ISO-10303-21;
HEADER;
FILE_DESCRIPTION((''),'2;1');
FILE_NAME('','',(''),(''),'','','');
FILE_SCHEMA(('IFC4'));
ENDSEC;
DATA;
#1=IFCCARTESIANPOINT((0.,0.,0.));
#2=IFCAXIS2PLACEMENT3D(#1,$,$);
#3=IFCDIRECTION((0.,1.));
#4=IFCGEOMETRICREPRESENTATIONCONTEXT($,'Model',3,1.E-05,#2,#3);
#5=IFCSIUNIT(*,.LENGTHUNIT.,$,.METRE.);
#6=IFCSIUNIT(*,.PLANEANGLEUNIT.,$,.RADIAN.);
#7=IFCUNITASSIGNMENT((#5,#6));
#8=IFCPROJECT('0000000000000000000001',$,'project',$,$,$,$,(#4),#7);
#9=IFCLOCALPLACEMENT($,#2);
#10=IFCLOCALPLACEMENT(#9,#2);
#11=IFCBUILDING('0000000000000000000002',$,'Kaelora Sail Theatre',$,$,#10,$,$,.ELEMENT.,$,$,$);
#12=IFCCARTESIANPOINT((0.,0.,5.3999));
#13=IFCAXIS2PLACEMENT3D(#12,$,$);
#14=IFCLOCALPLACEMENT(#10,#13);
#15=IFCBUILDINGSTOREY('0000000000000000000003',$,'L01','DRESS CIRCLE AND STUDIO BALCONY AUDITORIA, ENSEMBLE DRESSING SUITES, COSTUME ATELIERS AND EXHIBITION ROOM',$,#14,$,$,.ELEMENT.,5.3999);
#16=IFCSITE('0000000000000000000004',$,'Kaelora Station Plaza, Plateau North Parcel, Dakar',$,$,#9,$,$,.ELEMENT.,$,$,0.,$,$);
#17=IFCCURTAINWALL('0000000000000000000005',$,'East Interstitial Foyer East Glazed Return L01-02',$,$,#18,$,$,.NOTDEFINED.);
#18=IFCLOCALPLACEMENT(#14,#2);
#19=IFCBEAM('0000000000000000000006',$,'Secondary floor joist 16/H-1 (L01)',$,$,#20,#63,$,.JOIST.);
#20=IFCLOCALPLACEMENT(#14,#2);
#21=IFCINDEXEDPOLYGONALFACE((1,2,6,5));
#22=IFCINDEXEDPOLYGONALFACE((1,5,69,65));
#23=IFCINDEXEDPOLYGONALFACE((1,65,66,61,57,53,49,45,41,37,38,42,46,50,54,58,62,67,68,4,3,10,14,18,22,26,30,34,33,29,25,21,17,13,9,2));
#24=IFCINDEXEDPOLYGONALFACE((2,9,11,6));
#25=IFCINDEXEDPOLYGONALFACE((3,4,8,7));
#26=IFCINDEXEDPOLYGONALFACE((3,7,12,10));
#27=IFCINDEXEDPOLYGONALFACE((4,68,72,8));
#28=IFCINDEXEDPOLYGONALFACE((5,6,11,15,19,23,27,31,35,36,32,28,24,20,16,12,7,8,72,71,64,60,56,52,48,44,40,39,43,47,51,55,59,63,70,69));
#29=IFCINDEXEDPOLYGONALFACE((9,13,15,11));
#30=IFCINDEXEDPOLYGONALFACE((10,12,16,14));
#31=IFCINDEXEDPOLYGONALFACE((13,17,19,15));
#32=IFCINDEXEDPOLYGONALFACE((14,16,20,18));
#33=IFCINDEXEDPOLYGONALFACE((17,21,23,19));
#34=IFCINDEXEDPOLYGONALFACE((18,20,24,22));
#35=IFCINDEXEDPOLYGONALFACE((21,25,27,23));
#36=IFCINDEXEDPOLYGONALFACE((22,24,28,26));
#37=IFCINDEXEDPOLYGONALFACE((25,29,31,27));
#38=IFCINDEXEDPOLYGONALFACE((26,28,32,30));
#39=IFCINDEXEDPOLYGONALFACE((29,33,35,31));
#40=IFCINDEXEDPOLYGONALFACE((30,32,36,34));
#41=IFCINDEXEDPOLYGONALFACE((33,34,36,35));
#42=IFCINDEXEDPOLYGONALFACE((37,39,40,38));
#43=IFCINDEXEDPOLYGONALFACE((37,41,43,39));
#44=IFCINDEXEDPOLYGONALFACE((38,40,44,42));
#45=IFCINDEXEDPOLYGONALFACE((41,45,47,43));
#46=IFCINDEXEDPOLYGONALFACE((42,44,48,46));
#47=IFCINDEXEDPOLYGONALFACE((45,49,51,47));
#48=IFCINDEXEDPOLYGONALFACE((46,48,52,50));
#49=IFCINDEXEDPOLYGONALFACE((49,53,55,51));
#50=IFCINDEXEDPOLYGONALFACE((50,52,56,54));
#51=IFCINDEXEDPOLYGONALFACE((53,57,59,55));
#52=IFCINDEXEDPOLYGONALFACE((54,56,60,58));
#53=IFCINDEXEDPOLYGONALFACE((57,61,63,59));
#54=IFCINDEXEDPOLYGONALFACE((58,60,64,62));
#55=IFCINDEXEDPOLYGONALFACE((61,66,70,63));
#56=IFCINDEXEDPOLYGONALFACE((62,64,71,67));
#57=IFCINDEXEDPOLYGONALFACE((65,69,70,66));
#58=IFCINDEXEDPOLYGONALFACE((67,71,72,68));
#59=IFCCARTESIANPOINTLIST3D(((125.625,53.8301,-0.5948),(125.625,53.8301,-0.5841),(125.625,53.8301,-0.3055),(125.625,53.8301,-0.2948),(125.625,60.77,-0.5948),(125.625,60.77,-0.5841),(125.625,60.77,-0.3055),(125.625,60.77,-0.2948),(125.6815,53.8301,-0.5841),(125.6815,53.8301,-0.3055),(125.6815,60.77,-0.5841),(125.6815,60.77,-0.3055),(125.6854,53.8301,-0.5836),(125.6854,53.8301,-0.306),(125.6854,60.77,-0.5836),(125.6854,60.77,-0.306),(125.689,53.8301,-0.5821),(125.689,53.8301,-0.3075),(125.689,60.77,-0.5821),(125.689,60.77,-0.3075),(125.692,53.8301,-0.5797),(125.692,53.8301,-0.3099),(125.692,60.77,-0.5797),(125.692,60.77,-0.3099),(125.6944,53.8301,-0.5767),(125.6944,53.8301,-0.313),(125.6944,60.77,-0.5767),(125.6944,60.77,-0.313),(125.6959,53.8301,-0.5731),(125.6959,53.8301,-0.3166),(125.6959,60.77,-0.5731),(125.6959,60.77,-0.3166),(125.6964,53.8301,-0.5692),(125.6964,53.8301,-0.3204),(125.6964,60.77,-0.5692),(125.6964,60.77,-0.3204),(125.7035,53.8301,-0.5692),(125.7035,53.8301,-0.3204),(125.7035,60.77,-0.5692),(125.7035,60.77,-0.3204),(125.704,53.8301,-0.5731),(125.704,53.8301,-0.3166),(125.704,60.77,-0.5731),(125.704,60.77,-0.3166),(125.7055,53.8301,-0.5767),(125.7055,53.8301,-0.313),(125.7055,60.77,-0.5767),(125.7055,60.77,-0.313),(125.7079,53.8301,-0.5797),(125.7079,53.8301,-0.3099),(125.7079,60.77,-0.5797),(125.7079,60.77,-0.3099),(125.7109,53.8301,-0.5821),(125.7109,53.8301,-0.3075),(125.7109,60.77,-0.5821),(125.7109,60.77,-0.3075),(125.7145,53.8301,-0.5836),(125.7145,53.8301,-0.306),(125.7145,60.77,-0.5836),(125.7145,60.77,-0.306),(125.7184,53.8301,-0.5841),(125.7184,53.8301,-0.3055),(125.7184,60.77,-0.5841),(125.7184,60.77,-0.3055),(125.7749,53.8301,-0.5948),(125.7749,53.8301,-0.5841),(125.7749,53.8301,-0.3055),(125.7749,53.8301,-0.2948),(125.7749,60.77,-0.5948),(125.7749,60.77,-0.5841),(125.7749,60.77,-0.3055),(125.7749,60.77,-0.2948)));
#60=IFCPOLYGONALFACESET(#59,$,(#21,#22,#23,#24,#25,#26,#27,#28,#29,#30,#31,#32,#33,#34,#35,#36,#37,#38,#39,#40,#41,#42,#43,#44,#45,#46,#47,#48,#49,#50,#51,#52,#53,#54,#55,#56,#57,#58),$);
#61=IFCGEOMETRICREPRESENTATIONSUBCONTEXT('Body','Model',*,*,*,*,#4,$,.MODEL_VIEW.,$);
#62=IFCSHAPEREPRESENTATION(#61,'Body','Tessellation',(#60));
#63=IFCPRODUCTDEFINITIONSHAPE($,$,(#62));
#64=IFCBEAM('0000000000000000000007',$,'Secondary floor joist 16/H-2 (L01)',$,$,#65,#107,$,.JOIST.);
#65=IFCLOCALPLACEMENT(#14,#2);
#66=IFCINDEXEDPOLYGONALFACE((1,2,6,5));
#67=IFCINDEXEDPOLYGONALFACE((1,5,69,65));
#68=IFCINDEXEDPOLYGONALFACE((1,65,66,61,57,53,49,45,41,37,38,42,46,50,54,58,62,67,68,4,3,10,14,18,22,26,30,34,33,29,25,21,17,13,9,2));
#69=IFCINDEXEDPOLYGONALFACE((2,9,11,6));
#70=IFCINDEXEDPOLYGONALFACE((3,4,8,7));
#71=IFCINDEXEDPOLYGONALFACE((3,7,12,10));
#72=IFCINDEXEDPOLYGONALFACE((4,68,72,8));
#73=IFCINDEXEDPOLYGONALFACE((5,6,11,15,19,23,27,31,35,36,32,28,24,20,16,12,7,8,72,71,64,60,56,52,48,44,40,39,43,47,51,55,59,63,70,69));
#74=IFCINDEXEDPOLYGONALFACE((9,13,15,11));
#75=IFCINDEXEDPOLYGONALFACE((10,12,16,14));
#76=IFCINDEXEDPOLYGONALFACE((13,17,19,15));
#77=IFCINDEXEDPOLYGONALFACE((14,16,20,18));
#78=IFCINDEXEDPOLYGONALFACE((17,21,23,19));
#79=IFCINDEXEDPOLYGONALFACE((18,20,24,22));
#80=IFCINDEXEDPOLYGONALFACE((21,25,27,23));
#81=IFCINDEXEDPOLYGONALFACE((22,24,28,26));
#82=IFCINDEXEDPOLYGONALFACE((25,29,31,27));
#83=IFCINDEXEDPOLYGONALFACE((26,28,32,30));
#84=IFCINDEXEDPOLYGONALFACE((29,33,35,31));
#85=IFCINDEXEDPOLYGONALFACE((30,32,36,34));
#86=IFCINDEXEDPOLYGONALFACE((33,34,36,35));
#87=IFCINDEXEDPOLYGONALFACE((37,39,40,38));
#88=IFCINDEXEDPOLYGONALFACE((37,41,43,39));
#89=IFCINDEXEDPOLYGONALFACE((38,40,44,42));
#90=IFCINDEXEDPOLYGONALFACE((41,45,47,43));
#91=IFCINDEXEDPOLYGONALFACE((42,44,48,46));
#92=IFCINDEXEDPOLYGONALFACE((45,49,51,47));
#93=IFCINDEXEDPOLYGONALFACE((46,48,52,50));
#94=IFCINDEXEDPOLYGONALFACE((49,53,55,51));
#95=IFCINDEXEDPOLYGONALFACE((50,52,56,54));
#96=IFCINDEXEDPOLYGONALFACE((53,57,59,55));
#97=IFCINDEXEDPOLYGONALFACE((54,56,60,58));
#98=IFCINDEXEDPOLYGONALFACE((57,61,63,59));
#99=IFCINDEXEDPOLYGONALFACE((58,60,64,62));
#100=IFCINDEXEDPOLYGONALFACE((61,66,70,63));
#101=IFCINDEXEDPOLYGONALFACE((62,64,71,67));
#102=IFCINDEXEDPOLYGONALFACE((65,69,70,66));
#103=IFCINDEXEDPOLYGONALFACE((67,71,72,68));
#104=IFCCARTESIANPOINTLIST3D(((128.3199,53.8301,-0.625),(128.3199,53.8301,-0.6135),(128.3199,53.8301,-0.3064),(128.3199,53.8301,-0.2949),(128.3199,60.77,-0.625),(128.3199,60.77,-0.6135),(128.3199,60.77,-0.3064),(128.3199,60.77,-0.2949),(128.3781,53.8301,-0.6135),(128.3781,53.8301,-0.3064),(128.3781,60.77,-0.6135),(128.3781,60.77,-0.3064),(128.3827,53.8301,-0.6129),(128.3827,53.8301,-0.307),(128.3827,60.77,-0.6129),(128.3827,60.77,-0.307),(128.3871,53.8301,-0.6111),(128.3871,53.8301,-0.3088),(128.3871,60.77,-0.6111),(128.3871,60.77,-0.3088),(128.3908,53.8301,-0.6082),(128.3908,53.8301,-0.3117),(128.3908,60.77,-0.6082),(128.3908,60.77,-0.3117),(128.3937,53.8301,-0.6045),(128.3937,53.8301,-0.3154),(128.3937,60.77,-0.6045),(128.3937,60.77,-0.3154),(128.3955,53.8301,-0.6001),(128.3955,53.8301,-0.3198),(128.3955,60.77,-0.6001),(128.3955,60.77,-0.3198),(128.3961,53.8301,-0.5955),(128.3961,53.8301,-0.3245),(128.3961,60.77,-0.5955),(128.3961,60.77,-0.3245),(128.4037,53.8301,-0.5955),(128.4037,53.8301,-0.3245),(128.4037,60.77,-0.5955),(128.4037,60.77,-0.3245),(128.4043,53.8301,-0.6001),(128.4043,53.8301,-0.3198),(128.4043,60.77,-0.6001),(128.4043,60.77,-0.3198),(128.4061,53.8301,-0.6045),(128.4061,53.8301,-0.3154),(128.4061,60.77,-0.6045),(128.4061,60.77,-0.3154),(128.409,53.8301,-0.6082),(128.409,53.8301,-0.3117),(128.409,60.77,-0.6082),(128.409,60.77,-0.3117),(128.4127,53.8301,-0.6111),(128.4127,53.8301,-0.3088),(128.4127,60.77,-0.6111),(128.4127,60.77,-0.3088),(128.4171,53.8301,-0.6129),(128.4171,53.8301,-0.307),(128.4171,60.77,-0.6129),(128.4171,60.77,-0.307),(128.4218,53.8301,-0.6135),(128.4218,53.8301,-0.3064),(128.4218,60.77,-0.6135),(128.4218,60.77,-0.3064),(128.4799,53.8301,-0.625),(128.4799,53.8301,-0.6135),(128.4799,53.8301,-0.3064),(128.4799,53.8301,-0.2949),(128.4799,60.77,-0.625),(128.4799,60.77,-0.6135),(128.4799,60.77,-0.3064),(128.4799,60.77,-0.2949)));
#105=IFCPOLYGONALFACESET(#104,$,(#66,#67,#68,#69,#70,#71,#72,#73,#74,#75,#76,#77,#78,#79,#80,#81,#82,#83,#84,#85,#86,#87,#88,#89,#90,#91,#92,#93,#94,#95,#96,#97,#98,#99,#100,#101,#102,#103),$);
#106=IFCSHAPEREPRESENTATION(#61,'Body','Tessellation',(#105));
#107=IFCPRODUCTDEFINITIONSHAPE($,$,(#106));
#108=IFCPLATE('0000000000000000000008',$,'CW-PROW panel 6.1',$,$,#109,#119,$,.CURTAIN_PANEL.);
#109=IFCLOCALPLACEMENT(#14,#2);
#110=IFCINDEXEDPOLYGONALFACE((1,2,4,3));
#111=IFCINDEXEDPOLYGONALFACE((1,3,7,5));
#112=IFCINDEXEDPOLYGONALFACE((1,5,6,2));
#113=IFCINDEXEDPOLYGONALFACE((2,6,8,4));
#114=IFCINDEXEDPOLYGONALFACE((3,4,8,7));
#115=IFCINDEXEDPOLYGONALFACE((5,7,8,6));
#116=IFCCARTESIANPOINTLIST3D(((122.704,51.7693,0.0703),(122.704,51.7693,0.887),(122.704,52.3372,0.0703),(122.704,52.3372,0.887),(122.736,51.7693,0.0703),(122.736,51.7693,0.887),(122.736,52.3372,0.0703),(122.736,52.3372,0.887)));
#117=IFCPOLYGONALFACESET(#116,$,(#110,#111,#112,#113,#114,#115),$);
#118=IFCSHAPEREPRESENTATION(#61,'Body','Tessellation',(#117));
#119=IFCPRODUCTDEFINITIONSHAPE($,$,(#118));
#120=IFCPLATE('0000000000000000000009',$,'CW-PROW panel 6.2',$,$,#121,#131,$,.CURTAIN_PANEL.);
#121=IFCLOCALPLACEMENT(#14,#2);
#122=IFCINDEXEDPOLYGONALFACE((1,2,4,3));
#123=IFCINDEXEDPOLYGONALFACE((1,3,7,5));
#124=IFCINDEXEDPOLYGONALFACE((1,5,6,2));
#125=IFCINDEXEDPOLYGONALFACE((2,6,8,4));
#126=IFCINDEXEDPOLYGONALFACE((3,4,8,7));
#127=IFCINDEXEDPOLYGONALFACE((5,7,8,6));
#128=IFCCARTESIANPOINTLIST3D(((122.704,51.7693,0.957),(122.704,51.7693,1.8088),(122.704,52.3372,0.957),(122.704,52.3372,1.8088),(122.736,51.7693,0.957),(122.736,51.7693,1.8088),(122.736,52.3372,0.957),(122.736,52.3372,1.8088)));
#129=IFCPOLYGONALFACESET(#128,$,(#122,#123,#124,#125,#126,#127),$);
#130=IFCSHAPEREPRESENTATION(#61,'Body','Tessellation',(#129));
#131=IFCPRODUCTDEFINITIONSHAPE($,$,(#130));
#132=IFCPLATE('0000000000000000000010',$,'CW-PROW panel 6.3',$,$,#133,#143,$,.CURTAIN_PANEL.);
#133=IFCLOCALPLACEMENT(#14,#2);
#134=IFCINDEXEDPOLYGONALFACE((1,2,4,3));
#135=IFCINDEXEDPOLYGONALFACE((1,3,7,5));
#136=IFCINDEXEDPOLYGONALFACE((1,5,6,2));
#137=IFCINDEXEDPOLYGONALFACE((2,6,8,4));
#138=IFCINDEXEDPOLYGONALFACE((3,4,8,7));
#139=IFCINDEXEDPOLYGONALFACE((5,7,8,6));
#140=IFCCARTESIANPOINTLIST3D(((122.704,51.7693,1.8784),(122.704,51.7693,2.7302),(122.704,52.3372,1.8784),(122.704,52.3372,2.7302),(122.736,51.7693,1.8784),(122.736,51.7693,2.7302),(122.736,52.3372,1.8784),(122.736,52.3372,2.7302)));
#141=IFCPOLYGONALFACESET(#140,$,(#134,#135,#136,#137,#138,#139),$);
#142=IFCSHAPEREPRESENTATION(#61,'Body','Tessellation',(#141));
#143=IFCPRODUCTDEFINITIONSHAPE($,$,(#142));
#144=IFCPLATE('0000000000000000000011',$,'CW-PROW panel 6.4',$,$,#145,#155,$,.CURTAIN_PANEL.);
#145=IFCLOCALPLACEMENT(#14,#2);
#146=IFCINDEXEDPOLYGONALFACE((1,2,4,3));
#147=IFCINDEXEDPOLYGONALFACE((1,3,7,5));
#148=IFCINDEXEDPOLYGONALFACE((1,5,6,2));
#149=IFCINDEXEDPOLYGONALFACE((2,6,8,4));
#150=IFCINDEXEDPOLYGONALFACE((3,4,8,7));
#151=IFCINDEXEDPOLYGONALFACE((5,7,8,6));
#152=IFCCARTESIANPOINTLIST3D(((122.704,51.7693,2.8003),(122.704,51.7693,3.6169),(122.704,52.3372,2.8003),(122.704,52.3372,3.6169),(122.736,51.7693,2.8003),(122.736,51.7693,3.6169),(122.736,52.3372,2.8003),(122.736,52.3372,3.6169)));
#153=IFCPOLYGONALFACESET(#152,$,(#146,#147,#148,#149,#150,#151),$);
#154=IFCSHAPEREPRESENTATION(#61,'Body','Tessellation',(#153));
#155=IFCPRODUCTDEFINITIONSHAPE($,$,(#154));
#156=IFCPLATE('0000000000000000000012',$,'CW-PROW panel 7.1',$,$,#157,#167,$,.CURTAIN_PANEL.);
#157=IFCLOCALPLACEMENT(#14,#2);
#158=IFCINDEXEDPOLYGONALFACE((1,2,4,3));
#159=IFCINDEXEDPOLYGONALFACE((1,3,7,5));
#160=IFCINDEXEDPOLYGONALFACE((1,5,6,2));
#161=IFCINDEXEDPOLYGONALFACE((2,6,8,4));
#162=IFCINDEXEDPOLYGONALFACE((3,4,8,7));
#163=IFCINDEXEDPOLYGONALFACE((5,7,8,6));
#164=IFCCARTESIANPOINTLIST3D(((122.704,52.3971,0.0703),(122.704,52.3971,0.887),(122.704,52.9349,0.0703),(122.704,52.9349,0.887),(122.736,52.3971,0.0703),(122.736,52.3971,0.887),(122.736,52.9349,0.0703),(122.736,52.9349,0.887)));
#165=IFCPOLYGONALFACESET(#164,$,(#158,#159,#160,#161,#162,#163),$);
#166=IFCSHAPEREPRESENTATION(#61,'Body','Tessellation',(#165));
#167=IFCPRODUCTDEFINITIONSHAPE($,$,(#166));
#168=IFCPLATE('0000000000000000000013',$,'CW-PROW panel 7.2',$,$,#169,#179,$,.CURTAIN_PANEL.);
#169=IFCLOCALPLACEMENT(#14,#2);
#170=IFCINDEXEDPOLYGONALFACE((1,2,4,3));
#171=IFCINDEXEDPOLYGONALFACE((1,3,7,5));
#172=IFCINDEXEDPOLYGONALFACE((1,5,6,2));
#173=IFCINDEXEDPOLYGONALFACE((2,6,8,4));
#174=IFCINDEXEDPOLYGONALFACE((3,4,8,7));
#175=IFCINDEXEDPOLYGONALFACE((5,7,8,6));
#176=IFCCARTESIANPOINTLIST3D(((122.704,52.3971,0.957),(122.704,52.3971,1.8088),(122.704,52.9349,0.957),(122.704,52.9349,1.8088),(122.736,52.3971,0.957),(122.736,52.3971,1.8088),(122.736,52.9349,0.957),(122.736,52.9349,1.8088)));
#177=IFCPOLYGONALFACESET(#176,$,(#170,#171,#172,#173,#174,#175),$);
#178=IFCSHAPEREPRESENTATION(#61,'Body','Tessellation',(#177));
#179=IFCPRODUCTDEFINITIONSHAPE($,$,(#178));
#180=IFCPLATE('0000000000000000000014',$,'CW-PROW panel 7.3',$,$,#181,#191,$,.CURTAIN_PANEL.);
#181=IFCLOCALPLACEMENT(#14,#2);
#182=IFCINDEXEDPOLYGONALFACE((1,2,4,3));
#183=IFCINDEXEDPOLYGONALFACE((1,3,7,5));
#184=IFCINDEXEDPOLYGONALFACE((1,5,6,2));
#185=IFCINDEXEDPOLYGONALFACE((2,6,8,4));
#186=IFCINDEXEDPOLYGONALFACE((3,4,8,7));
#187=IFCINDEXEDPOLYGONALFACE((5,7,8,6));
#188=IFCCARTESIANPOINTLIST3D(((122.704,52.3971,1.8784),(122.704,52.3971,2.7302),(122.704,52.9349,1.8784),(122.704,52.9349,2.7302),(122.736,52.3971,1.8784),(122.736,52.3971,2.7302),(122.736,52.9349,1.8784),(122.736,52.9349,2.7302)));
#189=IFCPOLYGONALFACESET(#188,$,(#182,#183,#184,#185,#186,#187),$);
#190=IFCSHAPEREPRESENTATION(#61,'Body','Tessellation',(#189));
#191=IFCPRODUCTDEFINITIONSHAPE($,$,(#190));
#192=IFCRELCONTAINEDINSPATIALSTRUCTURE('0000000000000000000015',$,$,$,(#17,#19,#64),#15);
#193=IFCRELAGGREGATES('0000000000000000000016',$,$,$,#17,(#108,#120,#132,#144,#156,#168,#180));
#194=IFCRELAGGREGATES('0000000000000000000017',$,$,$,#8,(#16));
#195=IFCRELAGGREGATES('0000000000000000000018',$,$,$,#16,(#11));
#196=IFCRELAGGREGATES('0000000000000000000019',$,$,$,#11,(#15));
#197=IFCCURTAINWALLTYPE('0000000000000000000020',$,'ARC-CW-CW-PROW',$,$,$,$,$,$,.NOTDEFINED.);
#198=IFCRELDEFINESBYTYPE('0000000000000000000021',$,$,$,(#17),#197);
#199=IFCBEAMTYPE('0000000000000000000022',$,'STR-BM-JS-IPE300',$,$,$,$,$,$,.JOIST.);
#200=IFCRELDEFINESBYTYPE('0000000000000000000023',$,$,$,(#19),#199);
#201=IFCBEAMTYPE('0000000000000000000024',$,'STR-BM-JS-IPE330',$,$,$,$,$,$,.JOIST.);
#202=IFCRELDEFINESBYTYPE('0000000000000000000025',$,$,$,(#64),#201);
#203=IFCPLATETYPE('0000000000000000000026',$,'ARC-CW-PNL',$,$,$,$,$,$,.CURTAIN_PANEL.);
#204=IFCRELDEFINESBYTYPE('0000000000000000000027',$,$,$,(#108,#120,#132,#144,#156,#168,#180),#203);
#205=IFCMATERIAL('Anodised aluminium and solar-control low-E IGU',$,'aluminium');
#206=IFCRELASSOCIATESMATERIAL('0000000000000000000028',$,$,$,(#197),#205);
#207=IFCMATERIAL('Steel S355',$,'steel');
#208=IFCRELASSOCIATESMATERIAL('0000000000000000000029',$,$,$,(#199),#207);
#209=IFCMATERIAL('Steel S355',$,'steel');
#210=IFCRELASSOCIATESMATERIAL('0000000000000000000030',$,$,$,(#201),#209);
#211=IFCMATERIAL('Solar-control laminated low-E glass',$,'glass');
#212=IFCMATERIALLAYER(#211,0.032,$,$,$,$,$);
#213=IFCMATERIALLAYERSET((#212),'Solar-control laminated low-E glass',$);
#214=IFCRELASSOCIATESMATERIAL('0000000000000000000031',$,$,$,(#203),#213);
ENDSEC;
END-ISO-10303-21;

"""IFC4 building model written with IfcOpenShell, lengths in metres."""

from ifc_helpers import new_model, si_unit, direction, frame, origin, origin_2d, place, context, subcontext, project, spatial, rectangle, i_section, extrude, material, layer, layer_set, material_profile, profile_set, type_object, element, aggregate, save


model = new_model("IFC4")

# Units and contexts
model_context = context("Model", 3, precision=1e-05, world=origin(), true_north=direction((0.0, 1.0)))
body_context = subcontext(model_context, "Body", "Model", "MODEL_VIEW")
ifc_project = project(units=[si_unit("LENGTHUNIT", "METRE"), si_unit("PLANEANGLEUNIT", "RADIAN")], contexts=[model_context])

# Site, building, storey
site_placement = place(None, origin())
site = spatial("IfcSite", under=ifc_project, at=site_placement, Name="Kaelora Station Plaza, Plateau North Parcel, Dakar", CompositionType="ELEMENT", RefElevation=0.0)
building_placement = place(site_placement, origin())
building = spatial("IfcBuilding", under=site, at=building_placement, Name="Kaelora Sail Theatre", CompositionType="ELEMENT")
storey_placement = place(building_placement, frame((0.0, 0.0, 5.3999)))
storey = spatial("IfcBuildingStorey", under=building, at=storey_placement, Name="L01", Description="DRESS CIRCLE AND STUDIO BALCONY AUDITORIA, ENSEMBLE DRESSING SUITES, COSTUME ATELIERS AND EXHIBITION ROOM", CompositionType="ELEMENT", Elevation=5.3999)

# Curtain wall
ifc_material_1 = material(Name="Anodised aluminium and solar-control low-E IGU", Category="aluminium")
curtain_wall_type = type_object("IfcCurtainWallType", Name="ARC-CW-CW-PROW", PredefinedType="NOTDEFINED", material=ifc_material_1)
curtain_wall_placement = place(storey_placement, origin())
curtain_wall = element("IfcCurtainWall", 1, at=curtain_wall_placement, inside=storey, type_object=curtain_wall_type, Name="East Interstitial Foyer East Glazed Return L01-02", PredefinedType="NOTDEFINED")

# Beams
ifc_material_2 = material(Name="Steel S355", Category="steel")
ifc_material_profile_1 = material_profile(ifc_material_2, i_section(OverallWidth=0.1499, OverallDepth=0.3, WebThickness=0.0071, FlangeThickness=0.0107, FilletRadius=0.0149, at=origin_2d()), Name="IPE 300")
ifc_profile_set_1 = profile_set([ifc_material_profile_1], Name="Steel S355")
beam_type_1 = type_object("IfcBeamType", Name="STR-BM-JS-IPE300", PredefinedType="JOIST", material=ifc_profile_set_1)
beam_1_placement = place(storey_placement, frame((125.7, 53.8301, -0.4448), z_axis=(0.0, 1.0, 0.0), x_axis=(-1.0, 0.0, 0.0)))
element("IfcBeam", 2, at=beam_1_placement, inside=storey, type_object=beam_type_1, Name="Secondary floor joist 16/H-1 (L01)", PredefinedType="JOIST", context=body_context, shape_type="SweptSolid", body=[
    extrude(i_section(OverallWidth=0.1499, OverallDepth=0.3, WebThickness=0.0071, FlangeThickness=0.0107, FilletRadius=0.0149, at=origin_2d()), origin(), (0.0, 0.0, 1.0), 6.9399),
])
ifc_material_3 = material(Name="Steel S355", Category="steel")
ifc_material_profile_2 = material_profile(ifc_material_3, i_section(OverallWidth=0.1599, OverallDepth=0.3301, WebThickness=0.0076, FlangeThickness=0.0115, FilletRadius=0.0181, at=origin_2d()), Name="IPE 330")
ifc_profile_set_2 = profile_set([ifc_material_profile_2], Name="Steel S355")
beam_type_2 = type_object("IfcBeamType", Name="STR-BM-JS-IPE330", PredefinedType="JOIST", material=ifc_profile_set_2)
beam_2_placement = place(storey_placement, frame((128.3999, 53.8301, -0.46), z_axis=(0.0, 1.0, 0.0), x_axis=(-1.0, 0.0, 0.0)))
element("IfcBeam", 3, at=beam_2_placement, inside=storey, type_object=beam_type_2, Name="Secondary floor joist 16/H-2 (L01)", PredefinedType="JOIST", context=body_context, shape_type="SweptSolid", body=[
    extrude(i_section(OverallWidth=0.1599, OverallDepth=0.3301, WebThickness=0.0076, FlangeThickness=0.0115, FilletRadius=0.0181, at=origin_2d()), origin(), (0.0, 0.0, 1.0), 6.9399),
])

# Plates
ifc_material_4 = material(Name="Solar-control laminated low-E glass", Category="glass")
ifc_layer_1 = layer(ifc_material_4, 0.032)
ifc_layer_set_1 = layer_set([ifc_layer_1], Name="Solar-control laminated low-E glass")
plate_type = type_object("IfcPlateType", Name="ARC-CW-PNL", PredefinedType="CURTAIN_PANEL", material=ifc_layer_set_1)
plate_1_placement = place(storey_placement, frame((122.72, 52.0532, 0.0703), z_axis=(0.0, 0.0, 1.0), x_axis=(0.0, 1.0, 0.0)))
plate_1 = element("IfcPlate", 4, at=plate_1_placement, type_object=plate_type, Name="CW-PROW panel 6.1", PredefinedType="CURTAIN_PANEL", context=body_context, shape_type="SweptSolid", body=[
    extrude(rectangle(XDim=0.5679, YDim=0.032, at=origin_2d()), origin(), (0.0, 0.0, 1.0), 0.8167),
])
plate_2_placement = place(storey_placement, frame((122.72, 52.0532, 0.957), z_axis=(0.0, 0.0, 1.0), x_axis=(0.0, 1.0, 0.0)))
plate_2 = element("IfcPlate", 5, at=plate_2_placement, type_object=plate_type, Name="CW-PROW panel 6.2", PredefinedType="CURTAIN_PANEL", context=body_context, shape_type="SweptSolid", body=[
    extrude(rectangle(XDim=0.5679, YDim=0.032, at=origin_2d()), origin(), (0.0, 0.0, 1.0), 0.8518),
])
plate_3_placement = place(storey_placement, frame((122.72, 52.0532, 1.8784), z_axis=(0.0, 0.0, 1.0), x_axis=(0.0, 1.0, 0.0)))
plate_3 = element("IfcPlate", 6, at=plate_3_placement, type_object=plate_type, Name="CW-PROW panel 6.3", PredefinedType="CURTAIN_PANEL", context=body_context, shape_type="SweptSolid", body=[
    extrude(rectangle(XDim=0.5679, YDim=0.032, at=origin_2d()), origin(), (0.0, 0.0, 1.0), 0.8518),
])
plate_4_placement = place(storey_placement, frame((122.72, 52.0532, 2.8003), z_axis=(0.0, 0.0, 1.0), x_axis=(0.0, 1.0, 0.0)))
plate_4 = element("IfcPlate", 7, at=plate_4_placement, type_object=plate_type, Name="CW-PROW panel 6.4", PredefinedType="CURTAIN_PANEL", context=body_context, shape_type="SweptSolid", body=[
    extrude(rectangle(XDim=0.5679, YDim=0.032, at=origin_2d()), origin(), (0.0, 0.0, 1.0), 0.8167),
])
plate_5_placement = place(storey_placement, frame((122.72, 52.666, 0.0703), z_axis=(0.0, 0.0, 1.0), x_axis=(0.0, 1.0, 0.0)))
plate_5 = element("IfcPlate", 8, at=plate_5_placement, type_object=plate_type, Name="CW-PROW panel 7.1", PredefinedType="CURTAIN_PANEL", context=body_context, shape_type="SweptSolid", body=[
    extrude(rectangle(XDim=0.5378, YDim=0.032, at=origin_2d()), origin(), (0.0, 0.0, 1.0), 0.8167),
])
plate_6_placement = place(storey_placement, frame((122.72, 52.666, 0.957), z_axis=(0.0, 0.0, 1.0), x_axis=(0.0, 1.0, 0.0)))
plate_6 = element("IfcPlate", 9, at=plate_6_placement, type_object=plate_type, Name="CW-PROW panel 7.2", PredefinedType="CURTAIN_PANEL", context=body_context, shape_type="SweptSolid", body=[
    extrude(rectangle(XDim=0.5378, YDim=0.032, at=origin_2d()), origin(), (0.0, 0.0, 1.0), 0.8518),
])
plate_7_placement = place(storey_placement, frame((122.72, 52.666, 1.8784), z_axis=(0.0, 0.0, 1.0), x_axis=(0.0, 1.0, 0.0)))
plate_7 = element("IfcPlate", 10, at=plate_7_placement, type_object=plate_type, Name="CW-PROW panel 7.3", PredefinedType="CURTAIN_PANEL", context=body_context, shape_type="SweptSolid", body=[
    extrude(rectangle(XDim=0.5378, YDim=0.032, at=origin_2d()), origin(), (0.0, 0.0, 1.0), 0.8518),
])
aggregate(curtain_wall, [plate_1, plate_2, plate_3, plate_4, plate_5, plate_6, plate_7])

save(model, "model.ifc")
